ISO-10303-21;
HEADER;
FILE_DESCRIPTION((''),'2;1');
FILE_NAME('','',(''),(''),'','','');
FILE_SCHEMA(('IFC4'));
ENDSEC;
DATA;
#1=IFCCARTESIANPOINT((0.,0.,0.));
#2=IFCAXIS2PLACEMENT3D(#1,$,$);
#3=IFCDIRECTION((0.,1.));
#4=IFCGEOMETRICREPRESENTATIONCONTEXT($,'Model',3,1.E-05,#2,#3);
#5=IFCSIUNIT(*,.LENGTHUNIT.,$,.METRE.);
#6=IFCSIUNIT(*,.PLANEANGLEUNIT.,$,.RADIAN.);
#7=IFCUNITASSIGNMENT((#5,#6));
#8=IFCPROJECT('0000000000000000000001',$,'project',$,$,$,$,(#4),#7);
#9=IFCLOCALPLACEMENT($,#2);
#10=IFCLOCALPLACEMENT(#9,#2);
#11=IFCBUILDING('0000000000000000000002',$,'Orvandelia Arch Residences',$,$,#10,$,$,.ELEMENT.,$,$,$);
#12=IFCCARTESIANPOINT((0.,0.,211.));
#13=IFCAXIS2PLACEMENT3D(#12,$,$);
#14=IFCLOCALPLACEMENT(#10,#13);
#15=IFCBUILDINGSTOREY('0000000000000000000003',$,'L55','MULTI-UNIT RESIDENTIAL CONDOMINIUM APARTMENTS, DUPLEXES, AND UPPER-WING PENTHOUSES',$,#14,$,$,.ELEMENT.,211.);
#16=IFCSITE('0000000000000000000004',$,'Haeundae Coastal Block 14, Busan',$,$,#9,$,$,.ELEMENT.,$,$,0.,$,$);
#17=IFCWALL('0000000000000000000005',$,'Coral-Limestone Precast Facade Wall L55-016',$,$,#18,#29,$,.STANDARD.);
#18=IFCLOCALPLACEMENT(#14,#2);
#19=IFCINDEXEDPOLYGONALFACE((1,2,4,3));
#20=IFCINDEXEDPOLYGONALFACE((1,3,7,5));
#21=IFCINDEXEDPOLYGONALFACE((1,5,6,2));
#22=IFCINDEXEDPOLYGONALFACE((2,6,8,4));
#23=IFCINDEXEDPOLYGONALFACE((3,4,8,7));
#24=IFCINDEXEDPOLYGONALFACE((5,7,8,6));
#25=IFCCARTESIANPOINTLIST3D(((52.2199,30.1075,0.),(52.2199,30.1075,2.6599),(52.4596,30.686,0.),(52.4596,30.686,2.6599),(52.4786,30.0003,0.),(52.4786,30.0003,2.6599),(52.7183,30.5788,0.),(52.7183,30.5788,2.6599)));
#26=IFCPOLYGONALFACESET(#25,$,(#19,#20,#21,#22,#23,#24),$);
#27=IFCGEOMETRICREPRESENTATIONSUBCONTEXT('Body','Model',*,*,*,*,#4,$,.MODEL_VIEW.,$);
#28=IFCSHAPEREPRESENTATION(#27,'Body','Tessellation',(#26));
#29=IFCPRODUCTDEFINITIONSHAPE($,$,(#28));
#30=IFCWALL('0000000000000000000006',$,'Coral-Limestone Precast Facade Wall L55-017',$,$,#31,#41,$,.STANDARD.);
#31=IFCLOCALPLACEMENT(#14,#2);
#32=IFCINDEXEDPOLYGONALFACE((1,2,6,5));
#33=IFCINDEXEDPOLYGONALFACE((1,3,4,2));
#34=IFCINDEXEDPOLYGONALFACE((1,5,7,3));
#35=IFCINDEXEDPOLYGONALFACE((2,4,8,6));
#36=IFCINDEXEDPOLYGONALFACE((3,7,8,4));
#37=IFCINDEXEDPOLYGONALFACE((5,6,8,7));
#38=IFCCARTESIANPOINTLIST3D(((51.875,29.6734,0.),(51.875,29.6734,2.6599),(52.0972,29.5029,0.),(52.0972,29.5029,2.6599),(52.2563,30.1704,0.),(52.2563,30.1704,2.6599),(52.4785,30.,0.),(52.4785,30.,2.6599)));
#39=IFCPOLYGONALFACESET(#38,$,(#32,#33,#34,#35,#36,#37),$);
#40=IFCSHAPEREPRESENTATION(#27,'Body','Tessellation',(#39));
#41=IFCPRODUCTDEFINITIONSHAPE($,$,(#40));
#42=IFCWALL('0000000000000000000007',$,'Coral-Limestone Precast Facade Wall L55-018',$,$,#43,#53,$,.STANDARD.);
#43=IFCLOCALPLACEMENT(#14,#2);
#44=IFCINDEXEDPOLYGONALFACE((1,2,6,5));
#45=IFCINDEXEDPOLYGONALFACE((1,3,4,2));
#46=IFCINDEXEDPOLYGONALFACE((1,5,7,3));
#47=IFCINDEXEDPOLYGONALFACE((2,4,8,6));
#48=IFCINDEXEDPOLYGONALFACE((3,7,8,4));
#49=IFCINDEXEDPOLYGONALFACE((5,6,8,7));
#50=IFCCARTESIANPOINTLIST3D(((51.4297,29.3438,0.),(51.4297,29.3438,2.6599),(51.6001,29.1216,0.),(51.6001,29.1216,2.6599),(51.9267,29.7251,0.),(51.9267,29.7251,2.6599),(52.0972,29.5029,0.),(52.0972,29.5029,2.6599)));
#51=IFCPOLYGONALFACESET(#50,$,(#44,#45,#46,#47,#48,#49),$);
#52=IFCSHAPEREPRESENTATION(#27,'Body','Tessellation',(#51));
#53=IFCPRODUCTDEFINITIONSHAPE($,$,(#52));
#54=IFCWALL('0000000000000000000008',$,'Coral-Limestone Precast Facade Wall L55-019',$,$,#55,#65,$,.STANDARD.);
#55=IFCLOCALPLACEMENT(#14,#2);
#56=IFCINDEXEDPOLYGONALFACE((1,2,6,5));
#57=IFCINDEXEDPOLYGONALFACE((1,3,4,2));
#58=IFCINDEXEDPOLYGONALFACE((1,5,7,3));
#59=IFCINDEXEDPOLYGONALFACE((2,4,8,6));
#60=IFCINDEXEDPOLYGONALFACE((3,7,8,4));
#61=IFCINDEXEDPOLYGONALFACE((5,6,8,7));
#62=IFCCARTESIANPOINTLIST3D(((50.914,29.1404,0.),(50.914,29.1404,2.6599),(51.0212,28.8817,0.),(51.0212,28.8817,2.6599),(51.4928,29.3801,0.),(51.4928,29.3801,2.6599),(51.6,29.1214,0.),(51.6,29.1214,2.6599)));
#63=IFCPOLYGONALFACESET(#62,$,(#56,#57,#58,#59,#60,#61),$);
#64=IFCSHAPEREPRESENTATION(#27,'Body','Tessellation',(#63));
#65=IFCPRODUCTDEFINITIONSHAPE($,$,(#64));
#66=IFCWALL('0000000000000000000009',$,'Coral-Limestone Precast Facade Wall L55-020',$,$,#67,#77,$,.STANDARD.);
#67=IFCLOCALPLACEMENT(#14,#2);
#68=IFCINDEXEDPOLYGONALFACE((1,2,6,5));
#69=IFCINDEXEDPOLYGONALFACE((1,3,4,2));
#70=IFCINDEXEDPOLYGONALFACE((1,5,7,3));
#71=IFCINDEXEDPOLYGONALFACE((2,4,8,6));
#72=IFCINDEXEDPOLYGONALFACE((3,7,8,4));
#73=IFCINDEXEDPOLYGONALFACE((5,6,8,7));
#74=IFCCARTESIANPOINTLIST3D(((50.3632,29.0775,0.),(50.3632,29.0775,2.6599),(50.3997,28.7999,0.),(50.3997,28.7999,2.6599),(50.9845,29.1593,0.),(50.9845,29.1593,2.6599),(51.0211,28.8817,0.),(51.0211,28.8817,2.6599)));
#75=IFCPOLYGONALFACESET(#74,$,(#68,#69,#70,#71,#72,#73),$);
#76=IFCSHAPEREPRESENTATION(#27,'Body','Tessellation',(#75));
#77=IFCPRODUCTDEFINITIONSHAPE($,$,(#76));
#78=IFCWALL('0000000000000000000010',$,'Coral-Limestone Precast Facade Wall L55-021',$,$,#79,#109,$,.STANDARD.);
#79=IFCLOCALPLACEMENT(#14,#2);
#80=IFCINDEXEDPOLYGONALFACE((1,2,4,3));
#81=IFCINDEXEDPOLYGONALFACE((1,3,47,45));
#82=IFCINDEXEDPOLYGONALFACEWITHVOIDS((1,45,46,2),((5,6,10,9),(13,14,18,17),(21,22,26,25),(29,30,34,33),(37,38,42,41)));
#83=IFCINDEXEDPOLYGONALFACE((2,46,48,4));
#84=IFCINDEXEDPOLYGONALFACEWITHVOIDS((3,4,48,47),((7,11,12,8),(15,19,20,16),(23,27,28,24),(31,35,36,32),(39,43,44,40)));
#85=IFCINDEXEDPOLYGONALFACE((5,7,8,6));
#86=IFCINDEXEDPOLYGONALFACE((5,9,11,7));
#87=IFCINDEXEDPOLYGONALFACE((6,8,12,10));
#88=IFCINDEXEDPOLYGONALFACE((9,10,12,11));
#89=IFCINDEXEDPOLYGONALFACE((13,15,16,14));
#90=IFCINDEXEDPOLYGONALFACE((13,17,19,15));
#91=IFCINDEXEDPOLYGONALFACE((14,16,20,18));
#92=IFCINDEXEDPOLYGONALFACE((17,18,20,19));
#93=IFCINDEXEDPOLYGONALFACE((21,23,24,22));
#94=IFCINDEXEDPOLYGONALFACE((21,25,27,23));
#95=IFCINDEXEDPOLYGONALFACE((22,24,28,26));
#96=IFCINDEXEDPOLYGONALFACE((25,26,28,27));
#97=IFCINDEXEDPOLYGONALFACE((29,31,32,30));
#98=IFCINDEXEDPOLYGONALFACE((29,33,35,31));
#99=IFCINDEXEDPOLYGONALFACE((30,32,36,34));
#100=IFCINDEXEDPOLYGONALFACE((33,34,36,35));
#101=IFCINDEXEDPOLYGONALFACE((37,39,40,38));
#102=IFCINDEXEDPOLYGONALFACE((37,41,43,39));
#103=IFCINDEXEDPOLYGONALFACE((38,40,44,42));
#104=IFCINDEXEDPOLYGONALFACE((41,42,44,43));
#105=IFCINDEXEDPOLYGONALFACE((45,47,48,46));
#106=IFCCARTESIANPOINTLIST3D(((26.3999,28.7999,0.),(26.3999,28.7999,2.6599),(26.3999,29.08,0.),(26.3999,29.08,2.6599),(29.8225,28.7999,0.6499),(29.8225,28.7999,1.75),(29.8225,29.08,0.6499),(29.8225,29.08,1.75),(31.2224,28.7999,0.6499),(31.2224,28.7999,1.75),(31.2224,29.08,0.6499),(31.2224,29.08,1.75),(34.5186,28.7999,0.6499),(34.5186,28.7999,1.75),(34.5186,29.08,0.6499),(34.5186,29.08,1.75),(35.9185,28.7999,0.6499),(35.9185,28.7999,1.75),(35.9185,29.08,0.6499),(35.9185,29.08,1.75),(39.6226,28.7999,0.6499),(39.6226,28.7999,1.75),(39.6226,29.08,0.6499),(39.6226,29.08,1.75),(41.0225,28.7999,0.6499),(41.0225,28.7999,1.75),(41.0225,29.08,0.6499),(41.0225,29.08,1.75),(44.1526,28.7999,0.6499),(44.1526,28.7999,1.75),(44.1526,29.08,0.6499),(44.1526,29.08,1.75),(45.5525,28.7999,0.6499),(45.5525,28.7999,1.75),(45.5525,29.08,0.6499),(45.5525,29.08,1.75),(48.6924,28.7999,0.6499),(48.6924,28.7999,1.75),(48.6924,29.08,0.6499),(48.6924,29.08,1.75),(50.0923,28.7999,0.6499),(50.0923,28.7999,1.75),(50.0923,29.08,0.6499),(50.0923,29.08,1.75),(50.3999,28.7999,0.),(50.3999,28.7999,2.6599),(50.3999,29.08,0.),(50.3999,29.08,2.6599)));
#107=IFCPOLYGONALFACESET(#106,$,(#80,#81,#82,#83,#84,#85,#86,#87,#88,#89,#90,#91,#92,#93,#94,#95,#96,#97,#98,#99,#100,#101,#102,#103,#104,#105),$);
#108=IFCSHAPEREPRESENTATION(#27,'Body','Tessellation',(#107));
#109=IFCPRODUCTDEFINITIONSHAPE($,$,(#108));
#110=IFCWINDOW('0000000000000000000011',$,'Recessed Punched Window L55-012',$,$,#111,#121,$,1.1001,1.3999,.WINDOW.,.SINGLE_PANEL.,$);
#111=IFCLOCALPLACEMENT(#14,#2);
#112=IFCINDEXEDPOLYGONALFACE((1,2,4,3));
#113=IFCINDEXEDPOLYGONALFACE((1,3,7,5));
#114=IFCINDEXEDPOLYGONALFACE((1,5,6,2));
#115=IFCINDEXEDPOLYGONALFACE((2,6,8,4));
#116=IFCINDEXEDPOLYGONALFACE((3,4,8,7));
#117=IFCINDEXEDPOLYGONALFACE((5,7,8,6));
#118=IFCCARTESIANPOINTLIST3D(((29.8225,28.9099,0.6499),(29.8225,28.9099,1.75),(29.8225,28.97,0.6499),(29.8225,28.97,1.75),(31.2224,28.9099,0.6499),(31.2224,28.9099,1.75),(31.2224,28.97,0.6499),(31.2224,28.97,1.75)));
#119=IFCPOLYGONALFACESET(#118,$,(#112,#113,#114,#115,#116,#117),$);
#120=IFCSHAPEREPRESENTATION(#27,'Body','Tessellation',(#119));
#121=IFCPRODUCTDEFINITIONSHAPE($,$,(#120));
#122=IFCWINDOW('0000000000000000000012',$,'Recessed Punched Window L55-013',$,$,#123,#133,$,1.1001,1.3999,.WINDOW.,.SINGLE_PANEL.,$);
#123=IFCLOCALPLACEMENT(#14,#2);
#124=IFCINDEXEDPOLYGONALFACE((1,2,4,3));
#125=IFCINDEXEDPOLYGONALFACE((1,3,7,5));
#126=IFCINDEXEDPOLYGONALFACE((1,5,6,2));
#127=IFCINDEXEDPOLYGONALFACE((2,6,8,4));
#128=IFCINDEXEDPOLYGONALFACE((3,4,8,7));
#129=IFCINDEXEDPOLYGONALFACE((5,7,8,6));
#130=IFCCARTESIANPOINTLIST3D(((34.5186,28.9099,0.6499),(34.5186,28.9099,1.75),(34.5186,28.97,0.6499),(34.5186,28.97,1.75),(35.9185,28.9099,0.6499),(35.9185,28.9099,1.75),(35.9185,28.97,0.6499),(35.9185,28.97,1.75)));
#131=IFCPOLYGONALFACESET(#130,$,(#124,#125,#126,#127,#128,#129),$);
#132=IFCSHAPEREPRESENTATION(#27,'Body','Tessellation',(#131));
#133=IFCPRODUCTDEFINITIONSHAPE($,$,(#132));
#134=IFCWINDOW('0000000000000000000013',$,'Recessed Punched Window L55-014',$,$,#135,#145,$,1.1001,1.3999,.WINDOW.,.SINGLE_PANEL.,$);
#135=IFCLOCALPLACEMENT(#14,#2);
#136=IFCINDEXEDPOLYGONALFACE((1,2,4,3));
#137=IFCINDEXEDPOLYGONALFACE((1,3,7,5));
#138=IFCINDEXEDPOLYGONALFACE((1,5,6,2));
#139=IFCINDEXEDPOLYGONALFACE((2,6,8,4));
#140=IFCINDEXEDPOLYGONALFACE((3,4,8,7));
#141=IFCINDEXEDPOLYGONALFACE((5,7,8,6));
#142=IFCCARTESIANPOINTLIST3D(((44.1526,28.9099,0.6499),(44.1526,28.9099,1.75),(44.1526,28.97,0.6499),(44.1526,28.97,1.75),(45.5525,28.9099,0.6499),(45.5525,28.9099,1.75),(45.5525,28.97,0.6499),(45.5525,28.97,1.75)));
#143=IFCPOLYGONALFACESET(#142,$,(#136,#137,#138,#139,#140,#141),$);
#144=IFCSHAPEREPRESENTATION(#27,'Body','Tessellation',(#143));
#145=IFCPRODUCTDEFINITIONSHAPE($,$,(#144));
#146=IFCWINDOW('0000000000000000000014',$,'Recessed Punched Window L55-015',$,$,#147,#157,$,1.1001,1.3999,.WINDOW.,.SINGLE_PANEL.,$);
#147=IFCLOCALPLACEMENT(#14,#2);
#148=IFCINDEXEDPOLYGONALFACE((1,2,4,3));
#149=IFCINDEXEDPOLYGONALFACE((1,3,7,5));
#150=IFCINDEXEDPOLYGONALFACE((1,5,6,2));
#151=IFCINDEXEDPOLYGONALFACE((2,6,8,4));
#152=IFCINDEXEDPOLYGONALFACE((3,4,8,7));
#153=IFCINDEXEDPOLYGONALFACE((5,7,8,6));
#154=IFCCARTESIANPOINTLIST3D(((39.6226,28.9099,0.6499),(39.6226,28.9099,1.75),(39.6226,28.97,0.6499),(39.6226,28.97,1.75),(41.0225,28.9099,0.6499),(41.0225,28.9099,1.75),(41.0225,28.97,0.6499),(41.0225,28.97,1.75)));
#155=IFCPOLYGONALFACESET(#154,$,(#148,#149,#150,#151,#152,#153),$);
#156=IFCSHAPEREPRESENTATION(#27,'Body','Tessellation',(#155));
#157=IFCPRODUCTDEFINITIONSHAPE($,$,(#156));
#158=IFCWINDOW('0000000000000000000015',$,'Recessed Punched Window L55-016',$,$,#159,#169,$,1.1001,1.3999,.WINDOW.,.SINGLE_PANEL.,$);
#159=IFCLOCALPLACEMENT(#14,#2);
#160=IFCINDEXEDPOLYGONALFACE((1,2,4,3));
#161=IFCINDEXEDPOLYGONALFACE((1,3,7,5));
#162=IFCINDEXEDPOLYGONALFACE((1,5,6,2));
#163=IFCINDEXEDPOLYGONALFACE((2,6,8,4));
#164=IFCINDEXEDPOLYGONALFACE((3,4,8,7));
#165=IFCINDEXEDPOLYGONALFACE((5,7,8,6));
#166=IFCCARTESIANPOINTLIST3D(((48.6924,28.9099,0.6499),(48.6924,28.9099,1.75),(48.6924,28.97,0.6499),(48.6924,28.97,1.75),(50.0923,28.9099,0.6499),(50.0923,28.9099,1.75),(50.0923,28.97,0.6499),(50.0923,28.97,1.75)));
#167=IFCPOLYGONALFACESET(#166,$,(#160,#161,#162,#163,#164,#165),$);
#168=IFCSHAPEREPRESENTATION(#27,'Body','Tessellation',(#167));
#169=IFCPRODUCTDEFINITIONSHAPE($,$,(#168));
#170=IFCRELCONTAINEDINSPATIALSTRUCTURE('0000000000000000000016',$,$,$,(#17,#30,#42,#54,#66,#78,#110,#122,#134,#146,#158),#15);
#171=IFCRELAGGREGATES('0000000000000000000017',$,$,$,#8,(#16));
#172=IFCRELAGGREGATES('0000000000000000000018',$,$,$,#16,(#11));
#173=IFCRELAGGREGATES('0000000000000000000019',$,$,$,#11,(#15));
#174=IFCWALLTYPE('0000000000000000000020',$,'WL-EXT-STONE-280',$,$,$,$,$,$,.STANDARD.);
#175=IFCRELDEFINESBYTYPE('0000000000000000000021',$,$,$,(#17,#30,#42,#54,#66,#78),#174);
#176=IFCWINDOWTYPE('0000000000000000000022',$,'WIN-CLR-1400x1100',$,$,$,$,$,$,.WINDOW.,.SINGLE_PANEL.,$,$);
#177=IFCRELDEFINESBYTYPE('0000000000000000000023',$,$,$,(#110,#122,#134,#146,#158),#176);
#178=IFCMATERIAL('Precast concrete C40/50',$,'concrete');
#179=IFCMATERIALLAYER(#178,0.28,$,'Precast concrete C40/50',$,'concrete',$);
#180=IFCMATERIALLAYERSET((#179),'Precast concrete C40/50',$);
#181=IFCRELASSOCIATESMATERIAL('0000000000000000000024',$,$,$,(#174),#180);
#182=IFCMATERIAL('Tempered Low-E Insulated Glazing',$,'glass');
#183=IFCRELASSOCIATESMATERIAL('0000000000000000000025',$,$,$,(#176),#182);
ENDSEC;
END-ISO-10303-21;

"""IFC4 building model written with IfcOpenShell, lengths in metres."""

from ifc_helpers import new_model, si_unit, direction, frame, frame_2d, origin, place, context, subcontext, project, spatial, rectangle, extrude, material, layer, layer_set, type_object, element, fill, save


model = new_model("IFC4")

# Units and contexts
model_context = context("Model", 3, precision=1e-05, world=origin(), true_north=direction((0.0, 1.0)))
body_context = subcontext(model_context, "Body", "Model", "MODEL_VIEW")
ifc_project = project(units=[si_unit("LENGTHUNIT", "METRE"), si_unit("PLANEANGLEUNIT", "RADIAN")], contexts=[model_context])

# Site, building, storey
site_placement = place(None, origin())
site = spatial("IfcSite", under=ifc_project, at=site_placement, Name="Haeundae Coastal Block 14, Busan", CompositionType="ELEMENT", RefElevation=0.0)
building_placement = place(site_placement, origin())
building = spatial("IfcBuilding", under=site, at=building_placement, Name="Orvandelia Arch Residences", CompositionType="ELEMENT")
storey_placement = place(building_placement, frame((0.0, 0.0, 211.0)))
storey = spatial("IfcBuildingStorey", under=building, at=storey_placement, Name="L55", Description="MULTI-UNIT RESIDENTIAL CONDOMINIUM APARTMENTS, DUPLEXES, AND UPPER-WING PENTHOUSES", CompositionType="ELEMENT", Elevation=211.0)

# Walls
ifc_material_1 = material(Name="Precast concrete C40/50", Category="concrete")
ifc_layer_1 = layer(ifc_material_1, 0.28, Name="Precast concrete C40/50", Category="concrete")
ifc_layer_set_1 = layer_set([ifc_layer_1], Name="Precast concrete C40/50")
wall_type_1 = type_object("IfcWallType", Name="WL-EXT-STONE-280", PredefinedType="STANDARD", material=ifc_layer_set_1)
wall_1_placement = place(storey_placement, frame((52.5889, 30.6323, 0.0), z_axis=(0.0, 0.0, 1.0), x_axis=(-0.382788, -0.923836, 0.0)))
element("IfcWall", 1, at=wall_1_placement, inside=storey, type_object=wall_type_1, Name="Coral-Limestone Precast Facade Wall L55-016", PredefinedType="STANDARD", context=body_context, shape_type="SweptSolid", body=[
    extrude(rectangle(XDim=0.6262, YDim=0.28, at=frame_2d((0.313, 0.0))), origin(), (0.0, 0.0, 1.0), 2.6599),
])
for number, where, z_axis, x_axis, name in (
    (2, (52.3674, 30.0852, 0.0), (0.0, 0.0, 1.0), (-0.608693, -0.793406, 0.0), "Coral-Limestone Precast Facade Wall L55-017"),
    (3, (52.012, 29.614, 0.0), (0.0, 0.0, 1.0), (-0.793406, -0.608693, 0.0), "Coral-Limestone Precast Facade Wall L55-018"),
    (4, (51.5464, 29.2507, 0.0), (0.0, 0.0, 1.0), (-0.923893, -0.38265, 0.0), "Coral-Limestone Precast Facade Wall L55-019"),
):
    element("IfcWall", number, at=place(storey_placement, frame(where, z_axis=z_axis, x_axis=x_axis)), inside=storey, type_object=wall_type_1, Name=name, PredefinedType="STANDARD", context=body_context, shape_type="SweptSolid", body=[
        extrude(rectangle(XDim=0.6265, YDim=0.28, at=frame_2d((0.3132, 0.0))), origin(), (0.0, 0.0, 1.0), 2.6599),
    ])
wall_2_placement = place(storey_placement, frame((51.0029, 29.0205, 0.0), z_axis=(0.0, 0.0, 1.0), x_axis=(-0.991448, -0.130505, 0.0)))
element("IfcWall", 5, at=wall_2_placement, inside=storey, type_object=wall_type_1, Name="Coral-Limestone Precast Facade Wall L55-020", PredefinedType="STANDARD", context=body_context, shape_type="SweptSolid", body=[
    extrude(rectangle(XDim=0.6267, YDim=0.28, at=frame_2d((0.3135, 0.0))), origin(), (0.0, 0.0, 1.0), 2.6599),
])

# Wall, openings, windows
wall_3_placement = place(storey_placement, frame((50.3999, 28.9399, 0.0), z_axis=(0.0, 0.0, 1.0), x_axis=(-1.0, 0.0, 0.0)))
wall_3 = element("IfcWall", 6, at=wall_3_placement, inside=storey, type_object=wall_type_1, Name="Coral-Limestone Precast Facade Wall L55-021", PredefinedType="STANDARD", context=body_context, shape_type="SweptSolid", body=[
    extrude(rectangle(XDim=24.0, YDim=0.28, at=frame_2d((12.0, 0.0))), origin(), (0.0, 0.0, 1.0), 2.6599),
])
opening_1_placement = place(wall_3_placement, frame((19.1775, 0.0, 0.6499)))
opening_1 = element("IfcOpeningElement", 7, at=opening_1_placement, cuts=wall_3, PredefinedType="OPENING", context=body_context, shape_type="SweptSolid", body=[
    extrude(rectangle(XDim=1.3999, YDim=1.1001, at=frame_2d((0.7, 0.55))), frame((0.0, 0.1499, 0.0), z_axis=(0.0, -1.0, 0.0), x_axis=(1.0, 0.0, 0.0)), (0.0, 0.0, 1.0), 0.3),
])
opening_2_placement = place(wall_3_placement, frame((14.4814, 0.0, 0.6499)))
opening_2 = element("IfcOpeningElement", 8, at=opening_2_placement, cuts=wall_3, PredefinedType="OPENING", context=body_context, shape_type="SweptSolid", body=[
    extrude(rectangle(XDim=1.3999, YDim=1.1001, at=frame_2d((0.7, 0.55))), frame((0.0, 0.1499, 0.0), z_axis=(0.0, -1.0, 0.0), x_axis=(1.0, 0.0, 0.0)), (0.0, 0.0, 1.0), 0.3),
])
opening_3_placement = place(wall_3_placement, frame((4.8474, 0.0, 0.6499)))
opening_3 = element("IfcOpeningElement", 9, at=opening_3_placement, cuts=wall_3, PredefinedType="OPENING", context=body_context, shape_type="SweptSolid", body=[
    extrude(rectangle(XDim=1.3999, YDim=1.1001, at=frame_2d((0.7, 0.55))), frame((0.0, 0.1499, 0.0), z_axis=(0.0, -1.0, 0.0), x_axis=(1.0, 0.0, 0.0)), (0.0, 0.0, 1.0), 0.3),
])
opening_4_placement = place(wall_3_placement, frame((9.3774, 0.0, 0.6499)))
opening_4 = element("IfcOpeningElement", 10, at=opening_4_placement, cuts=wall_3, PredefinedType="OPENING", context=body_context, shape_type="SweptSolid", body=[
    extrude(rectangle(XDim=1.3999, YDim=1.1001, at=frame_2d((0.7, 0.55))), frame((0.0, 0.1499, 0.0), z_axis=(0.0, -1.0, 0.0), x_axis=(1.0, 0.0, 0.0)), (0.0, 0.0, 1.0), 0.3),
])
opening_5_placement = place(wall_3_placement, frame((0.3076, 0.0, 0.6499)))
opening_5 = element("IfcOpeningElement", 11, at=opening_5_placement, cuts=wall_3, PredefinedType="OPENING", context=body_context, shape_type="SweptSolid", body=[
    extrude(rectangle(XDim=1.3999, YDim=1.1001, at=frame_2d((0.7, 0.55))), frame((0.0, 0.1499, 0.0), z_axis=(0.0, -1.0, 0.0), x_axis=(1.0, 0.0, 0.0)), (0.0, 0.0, 1.0), 0.3),
])
ifc_material_2 = material(Name="Tempered Low-E Insulated Glazing", Category="glass")
window_type = type_object("IfcWindowType", Name="WIN-CLR-1400x1100", PartitioningType="SINGLE_PANEL", PredefinedType="WINDOW", material=ifc_material_2)
window_1_placement = place(opening_1_placement, origin())
window_1 = element("IfcWindow", 12, at=window_1_placement, inside=storey, type_object=window_type, Name="Recessed Punched Window L55-012", OverallHeight=1.1001, OverallWidth=1.3999, PartitioningType="SINGLE_PANEL", PredefinedType="WINDOW", context=body_context, shape_type="SweptSolid", body=[
    extrude(rectangle(XDim=1.3999, YDim=1.1001, at=frame_2d((0.7, 0.55))), frame((0.0, 0.03, 0.0), z_axis=(0.0, -1.0, 0.0), x_axis=(1.0, 0.0, 0.0)), (0.0, 0.0, 1.0), 0.0601),
])
fill(opening_1, window_1)
window_2_placement = place(opening_2_placement, origin())
window_2 = element("IfcWindow", 13, at=window_2_placement, inside=storey, type_object=window_type, Name="Recessed Punched Window L55-013", OverallHeight=1.1001, OverallWidth=1.3999, PartitioningType="SINGLE_PANEL", PredefinedType="WINDOW", context=body_context, shape_type="SweptSolid", body=[
    extrude(rectangle(XDim=1.3999, YDim=1.1001, at=frame_2d((0.7, 0.55))), frame((0.0, 0.03, 0.0), z_axis=(0.0, -1.0, 0.0), x_axis=(1.0, 0.0, 0.0)), (0.0, 0.0, 1.0), 0.0601),
])
fill(opening_2, window_2)
window_3_placement = place(opening_3_placement, origin())
window_3 = element("IfcWindow", 14, at=window_3_placement, inside=storey, type_object=window_type, Name="Recessed Punched Window L55-014", OverallHeight=1.1001, OverallWidth=1.3999, PartitioningType="SINGLE_PANEL", PredefinedType="WINDOW", context=body_context, shape_type="SweptSolid", body=[
    extrude(rectangle(XDim=1.3999, YDim=1.1001, at=frame_2d((0.7, 0.55))), frame((0.0, 0.03, 0.0), z_axis=(0.0, -1.0, 0.0), x_axis=(1.0, 0.0, 0.0)), (0.0, 0.0, 1.0), 0.0601),
])
fill(opening_3, window_3)
window_4_placement = place(opening_4_placement, origin())
window_4 = element("IfcWindow", 15, at=window_4_placement, inside=storey, type_object=window_type, Name="Recessed Punched Window L55-015", OverallHeight=1.1001, OverallWidth=1.3999, PartitioningType="SINGLE_PANEL", PredefinedType="WINDOW", context=body_context, shape_type="SweptSolid", body=[
    extrude(rectangle(XDim=1.3999, YDim=1.1001, at=frame_2d((0.7, 0.55))), frame((0.0, 0.03, 0.0), z_axis=(0.0, -1.0, 0.0), x_axis=(1.0, 0.0, 0.0)), (0.0, 0.0, 1.0), 0.0601),
])
fill(opening_4, window_4)
window_5_placement = place(opening_5_placement, origin())
window_5 = element("IfcWindow", 16, at=window_5_placement, inside=storey, type_object=window_type, Name="Recessed Punched Window L55-016", OverallHeight=1.1001, OverallWidth=1.3999, PartitioningType="SINGLE_PANEL", PredefinedType="WINDOW", context=body_context, shape_type="SweptSolid", body=[
    extrude(rectangle(XDim=1.3999, YDim=1.1001, at=frame_2d((0.7, 0.55))), frame((0.0, 0.03, 0.0), z_axis=(0.0, -1.0, 0.0), x_axis=(1.0, 0.0, 0.0)), (0.0, 0.0, 1.0), 0.0601),
])
fill(opening_5, window_5)

save(model, "model.ifc")
